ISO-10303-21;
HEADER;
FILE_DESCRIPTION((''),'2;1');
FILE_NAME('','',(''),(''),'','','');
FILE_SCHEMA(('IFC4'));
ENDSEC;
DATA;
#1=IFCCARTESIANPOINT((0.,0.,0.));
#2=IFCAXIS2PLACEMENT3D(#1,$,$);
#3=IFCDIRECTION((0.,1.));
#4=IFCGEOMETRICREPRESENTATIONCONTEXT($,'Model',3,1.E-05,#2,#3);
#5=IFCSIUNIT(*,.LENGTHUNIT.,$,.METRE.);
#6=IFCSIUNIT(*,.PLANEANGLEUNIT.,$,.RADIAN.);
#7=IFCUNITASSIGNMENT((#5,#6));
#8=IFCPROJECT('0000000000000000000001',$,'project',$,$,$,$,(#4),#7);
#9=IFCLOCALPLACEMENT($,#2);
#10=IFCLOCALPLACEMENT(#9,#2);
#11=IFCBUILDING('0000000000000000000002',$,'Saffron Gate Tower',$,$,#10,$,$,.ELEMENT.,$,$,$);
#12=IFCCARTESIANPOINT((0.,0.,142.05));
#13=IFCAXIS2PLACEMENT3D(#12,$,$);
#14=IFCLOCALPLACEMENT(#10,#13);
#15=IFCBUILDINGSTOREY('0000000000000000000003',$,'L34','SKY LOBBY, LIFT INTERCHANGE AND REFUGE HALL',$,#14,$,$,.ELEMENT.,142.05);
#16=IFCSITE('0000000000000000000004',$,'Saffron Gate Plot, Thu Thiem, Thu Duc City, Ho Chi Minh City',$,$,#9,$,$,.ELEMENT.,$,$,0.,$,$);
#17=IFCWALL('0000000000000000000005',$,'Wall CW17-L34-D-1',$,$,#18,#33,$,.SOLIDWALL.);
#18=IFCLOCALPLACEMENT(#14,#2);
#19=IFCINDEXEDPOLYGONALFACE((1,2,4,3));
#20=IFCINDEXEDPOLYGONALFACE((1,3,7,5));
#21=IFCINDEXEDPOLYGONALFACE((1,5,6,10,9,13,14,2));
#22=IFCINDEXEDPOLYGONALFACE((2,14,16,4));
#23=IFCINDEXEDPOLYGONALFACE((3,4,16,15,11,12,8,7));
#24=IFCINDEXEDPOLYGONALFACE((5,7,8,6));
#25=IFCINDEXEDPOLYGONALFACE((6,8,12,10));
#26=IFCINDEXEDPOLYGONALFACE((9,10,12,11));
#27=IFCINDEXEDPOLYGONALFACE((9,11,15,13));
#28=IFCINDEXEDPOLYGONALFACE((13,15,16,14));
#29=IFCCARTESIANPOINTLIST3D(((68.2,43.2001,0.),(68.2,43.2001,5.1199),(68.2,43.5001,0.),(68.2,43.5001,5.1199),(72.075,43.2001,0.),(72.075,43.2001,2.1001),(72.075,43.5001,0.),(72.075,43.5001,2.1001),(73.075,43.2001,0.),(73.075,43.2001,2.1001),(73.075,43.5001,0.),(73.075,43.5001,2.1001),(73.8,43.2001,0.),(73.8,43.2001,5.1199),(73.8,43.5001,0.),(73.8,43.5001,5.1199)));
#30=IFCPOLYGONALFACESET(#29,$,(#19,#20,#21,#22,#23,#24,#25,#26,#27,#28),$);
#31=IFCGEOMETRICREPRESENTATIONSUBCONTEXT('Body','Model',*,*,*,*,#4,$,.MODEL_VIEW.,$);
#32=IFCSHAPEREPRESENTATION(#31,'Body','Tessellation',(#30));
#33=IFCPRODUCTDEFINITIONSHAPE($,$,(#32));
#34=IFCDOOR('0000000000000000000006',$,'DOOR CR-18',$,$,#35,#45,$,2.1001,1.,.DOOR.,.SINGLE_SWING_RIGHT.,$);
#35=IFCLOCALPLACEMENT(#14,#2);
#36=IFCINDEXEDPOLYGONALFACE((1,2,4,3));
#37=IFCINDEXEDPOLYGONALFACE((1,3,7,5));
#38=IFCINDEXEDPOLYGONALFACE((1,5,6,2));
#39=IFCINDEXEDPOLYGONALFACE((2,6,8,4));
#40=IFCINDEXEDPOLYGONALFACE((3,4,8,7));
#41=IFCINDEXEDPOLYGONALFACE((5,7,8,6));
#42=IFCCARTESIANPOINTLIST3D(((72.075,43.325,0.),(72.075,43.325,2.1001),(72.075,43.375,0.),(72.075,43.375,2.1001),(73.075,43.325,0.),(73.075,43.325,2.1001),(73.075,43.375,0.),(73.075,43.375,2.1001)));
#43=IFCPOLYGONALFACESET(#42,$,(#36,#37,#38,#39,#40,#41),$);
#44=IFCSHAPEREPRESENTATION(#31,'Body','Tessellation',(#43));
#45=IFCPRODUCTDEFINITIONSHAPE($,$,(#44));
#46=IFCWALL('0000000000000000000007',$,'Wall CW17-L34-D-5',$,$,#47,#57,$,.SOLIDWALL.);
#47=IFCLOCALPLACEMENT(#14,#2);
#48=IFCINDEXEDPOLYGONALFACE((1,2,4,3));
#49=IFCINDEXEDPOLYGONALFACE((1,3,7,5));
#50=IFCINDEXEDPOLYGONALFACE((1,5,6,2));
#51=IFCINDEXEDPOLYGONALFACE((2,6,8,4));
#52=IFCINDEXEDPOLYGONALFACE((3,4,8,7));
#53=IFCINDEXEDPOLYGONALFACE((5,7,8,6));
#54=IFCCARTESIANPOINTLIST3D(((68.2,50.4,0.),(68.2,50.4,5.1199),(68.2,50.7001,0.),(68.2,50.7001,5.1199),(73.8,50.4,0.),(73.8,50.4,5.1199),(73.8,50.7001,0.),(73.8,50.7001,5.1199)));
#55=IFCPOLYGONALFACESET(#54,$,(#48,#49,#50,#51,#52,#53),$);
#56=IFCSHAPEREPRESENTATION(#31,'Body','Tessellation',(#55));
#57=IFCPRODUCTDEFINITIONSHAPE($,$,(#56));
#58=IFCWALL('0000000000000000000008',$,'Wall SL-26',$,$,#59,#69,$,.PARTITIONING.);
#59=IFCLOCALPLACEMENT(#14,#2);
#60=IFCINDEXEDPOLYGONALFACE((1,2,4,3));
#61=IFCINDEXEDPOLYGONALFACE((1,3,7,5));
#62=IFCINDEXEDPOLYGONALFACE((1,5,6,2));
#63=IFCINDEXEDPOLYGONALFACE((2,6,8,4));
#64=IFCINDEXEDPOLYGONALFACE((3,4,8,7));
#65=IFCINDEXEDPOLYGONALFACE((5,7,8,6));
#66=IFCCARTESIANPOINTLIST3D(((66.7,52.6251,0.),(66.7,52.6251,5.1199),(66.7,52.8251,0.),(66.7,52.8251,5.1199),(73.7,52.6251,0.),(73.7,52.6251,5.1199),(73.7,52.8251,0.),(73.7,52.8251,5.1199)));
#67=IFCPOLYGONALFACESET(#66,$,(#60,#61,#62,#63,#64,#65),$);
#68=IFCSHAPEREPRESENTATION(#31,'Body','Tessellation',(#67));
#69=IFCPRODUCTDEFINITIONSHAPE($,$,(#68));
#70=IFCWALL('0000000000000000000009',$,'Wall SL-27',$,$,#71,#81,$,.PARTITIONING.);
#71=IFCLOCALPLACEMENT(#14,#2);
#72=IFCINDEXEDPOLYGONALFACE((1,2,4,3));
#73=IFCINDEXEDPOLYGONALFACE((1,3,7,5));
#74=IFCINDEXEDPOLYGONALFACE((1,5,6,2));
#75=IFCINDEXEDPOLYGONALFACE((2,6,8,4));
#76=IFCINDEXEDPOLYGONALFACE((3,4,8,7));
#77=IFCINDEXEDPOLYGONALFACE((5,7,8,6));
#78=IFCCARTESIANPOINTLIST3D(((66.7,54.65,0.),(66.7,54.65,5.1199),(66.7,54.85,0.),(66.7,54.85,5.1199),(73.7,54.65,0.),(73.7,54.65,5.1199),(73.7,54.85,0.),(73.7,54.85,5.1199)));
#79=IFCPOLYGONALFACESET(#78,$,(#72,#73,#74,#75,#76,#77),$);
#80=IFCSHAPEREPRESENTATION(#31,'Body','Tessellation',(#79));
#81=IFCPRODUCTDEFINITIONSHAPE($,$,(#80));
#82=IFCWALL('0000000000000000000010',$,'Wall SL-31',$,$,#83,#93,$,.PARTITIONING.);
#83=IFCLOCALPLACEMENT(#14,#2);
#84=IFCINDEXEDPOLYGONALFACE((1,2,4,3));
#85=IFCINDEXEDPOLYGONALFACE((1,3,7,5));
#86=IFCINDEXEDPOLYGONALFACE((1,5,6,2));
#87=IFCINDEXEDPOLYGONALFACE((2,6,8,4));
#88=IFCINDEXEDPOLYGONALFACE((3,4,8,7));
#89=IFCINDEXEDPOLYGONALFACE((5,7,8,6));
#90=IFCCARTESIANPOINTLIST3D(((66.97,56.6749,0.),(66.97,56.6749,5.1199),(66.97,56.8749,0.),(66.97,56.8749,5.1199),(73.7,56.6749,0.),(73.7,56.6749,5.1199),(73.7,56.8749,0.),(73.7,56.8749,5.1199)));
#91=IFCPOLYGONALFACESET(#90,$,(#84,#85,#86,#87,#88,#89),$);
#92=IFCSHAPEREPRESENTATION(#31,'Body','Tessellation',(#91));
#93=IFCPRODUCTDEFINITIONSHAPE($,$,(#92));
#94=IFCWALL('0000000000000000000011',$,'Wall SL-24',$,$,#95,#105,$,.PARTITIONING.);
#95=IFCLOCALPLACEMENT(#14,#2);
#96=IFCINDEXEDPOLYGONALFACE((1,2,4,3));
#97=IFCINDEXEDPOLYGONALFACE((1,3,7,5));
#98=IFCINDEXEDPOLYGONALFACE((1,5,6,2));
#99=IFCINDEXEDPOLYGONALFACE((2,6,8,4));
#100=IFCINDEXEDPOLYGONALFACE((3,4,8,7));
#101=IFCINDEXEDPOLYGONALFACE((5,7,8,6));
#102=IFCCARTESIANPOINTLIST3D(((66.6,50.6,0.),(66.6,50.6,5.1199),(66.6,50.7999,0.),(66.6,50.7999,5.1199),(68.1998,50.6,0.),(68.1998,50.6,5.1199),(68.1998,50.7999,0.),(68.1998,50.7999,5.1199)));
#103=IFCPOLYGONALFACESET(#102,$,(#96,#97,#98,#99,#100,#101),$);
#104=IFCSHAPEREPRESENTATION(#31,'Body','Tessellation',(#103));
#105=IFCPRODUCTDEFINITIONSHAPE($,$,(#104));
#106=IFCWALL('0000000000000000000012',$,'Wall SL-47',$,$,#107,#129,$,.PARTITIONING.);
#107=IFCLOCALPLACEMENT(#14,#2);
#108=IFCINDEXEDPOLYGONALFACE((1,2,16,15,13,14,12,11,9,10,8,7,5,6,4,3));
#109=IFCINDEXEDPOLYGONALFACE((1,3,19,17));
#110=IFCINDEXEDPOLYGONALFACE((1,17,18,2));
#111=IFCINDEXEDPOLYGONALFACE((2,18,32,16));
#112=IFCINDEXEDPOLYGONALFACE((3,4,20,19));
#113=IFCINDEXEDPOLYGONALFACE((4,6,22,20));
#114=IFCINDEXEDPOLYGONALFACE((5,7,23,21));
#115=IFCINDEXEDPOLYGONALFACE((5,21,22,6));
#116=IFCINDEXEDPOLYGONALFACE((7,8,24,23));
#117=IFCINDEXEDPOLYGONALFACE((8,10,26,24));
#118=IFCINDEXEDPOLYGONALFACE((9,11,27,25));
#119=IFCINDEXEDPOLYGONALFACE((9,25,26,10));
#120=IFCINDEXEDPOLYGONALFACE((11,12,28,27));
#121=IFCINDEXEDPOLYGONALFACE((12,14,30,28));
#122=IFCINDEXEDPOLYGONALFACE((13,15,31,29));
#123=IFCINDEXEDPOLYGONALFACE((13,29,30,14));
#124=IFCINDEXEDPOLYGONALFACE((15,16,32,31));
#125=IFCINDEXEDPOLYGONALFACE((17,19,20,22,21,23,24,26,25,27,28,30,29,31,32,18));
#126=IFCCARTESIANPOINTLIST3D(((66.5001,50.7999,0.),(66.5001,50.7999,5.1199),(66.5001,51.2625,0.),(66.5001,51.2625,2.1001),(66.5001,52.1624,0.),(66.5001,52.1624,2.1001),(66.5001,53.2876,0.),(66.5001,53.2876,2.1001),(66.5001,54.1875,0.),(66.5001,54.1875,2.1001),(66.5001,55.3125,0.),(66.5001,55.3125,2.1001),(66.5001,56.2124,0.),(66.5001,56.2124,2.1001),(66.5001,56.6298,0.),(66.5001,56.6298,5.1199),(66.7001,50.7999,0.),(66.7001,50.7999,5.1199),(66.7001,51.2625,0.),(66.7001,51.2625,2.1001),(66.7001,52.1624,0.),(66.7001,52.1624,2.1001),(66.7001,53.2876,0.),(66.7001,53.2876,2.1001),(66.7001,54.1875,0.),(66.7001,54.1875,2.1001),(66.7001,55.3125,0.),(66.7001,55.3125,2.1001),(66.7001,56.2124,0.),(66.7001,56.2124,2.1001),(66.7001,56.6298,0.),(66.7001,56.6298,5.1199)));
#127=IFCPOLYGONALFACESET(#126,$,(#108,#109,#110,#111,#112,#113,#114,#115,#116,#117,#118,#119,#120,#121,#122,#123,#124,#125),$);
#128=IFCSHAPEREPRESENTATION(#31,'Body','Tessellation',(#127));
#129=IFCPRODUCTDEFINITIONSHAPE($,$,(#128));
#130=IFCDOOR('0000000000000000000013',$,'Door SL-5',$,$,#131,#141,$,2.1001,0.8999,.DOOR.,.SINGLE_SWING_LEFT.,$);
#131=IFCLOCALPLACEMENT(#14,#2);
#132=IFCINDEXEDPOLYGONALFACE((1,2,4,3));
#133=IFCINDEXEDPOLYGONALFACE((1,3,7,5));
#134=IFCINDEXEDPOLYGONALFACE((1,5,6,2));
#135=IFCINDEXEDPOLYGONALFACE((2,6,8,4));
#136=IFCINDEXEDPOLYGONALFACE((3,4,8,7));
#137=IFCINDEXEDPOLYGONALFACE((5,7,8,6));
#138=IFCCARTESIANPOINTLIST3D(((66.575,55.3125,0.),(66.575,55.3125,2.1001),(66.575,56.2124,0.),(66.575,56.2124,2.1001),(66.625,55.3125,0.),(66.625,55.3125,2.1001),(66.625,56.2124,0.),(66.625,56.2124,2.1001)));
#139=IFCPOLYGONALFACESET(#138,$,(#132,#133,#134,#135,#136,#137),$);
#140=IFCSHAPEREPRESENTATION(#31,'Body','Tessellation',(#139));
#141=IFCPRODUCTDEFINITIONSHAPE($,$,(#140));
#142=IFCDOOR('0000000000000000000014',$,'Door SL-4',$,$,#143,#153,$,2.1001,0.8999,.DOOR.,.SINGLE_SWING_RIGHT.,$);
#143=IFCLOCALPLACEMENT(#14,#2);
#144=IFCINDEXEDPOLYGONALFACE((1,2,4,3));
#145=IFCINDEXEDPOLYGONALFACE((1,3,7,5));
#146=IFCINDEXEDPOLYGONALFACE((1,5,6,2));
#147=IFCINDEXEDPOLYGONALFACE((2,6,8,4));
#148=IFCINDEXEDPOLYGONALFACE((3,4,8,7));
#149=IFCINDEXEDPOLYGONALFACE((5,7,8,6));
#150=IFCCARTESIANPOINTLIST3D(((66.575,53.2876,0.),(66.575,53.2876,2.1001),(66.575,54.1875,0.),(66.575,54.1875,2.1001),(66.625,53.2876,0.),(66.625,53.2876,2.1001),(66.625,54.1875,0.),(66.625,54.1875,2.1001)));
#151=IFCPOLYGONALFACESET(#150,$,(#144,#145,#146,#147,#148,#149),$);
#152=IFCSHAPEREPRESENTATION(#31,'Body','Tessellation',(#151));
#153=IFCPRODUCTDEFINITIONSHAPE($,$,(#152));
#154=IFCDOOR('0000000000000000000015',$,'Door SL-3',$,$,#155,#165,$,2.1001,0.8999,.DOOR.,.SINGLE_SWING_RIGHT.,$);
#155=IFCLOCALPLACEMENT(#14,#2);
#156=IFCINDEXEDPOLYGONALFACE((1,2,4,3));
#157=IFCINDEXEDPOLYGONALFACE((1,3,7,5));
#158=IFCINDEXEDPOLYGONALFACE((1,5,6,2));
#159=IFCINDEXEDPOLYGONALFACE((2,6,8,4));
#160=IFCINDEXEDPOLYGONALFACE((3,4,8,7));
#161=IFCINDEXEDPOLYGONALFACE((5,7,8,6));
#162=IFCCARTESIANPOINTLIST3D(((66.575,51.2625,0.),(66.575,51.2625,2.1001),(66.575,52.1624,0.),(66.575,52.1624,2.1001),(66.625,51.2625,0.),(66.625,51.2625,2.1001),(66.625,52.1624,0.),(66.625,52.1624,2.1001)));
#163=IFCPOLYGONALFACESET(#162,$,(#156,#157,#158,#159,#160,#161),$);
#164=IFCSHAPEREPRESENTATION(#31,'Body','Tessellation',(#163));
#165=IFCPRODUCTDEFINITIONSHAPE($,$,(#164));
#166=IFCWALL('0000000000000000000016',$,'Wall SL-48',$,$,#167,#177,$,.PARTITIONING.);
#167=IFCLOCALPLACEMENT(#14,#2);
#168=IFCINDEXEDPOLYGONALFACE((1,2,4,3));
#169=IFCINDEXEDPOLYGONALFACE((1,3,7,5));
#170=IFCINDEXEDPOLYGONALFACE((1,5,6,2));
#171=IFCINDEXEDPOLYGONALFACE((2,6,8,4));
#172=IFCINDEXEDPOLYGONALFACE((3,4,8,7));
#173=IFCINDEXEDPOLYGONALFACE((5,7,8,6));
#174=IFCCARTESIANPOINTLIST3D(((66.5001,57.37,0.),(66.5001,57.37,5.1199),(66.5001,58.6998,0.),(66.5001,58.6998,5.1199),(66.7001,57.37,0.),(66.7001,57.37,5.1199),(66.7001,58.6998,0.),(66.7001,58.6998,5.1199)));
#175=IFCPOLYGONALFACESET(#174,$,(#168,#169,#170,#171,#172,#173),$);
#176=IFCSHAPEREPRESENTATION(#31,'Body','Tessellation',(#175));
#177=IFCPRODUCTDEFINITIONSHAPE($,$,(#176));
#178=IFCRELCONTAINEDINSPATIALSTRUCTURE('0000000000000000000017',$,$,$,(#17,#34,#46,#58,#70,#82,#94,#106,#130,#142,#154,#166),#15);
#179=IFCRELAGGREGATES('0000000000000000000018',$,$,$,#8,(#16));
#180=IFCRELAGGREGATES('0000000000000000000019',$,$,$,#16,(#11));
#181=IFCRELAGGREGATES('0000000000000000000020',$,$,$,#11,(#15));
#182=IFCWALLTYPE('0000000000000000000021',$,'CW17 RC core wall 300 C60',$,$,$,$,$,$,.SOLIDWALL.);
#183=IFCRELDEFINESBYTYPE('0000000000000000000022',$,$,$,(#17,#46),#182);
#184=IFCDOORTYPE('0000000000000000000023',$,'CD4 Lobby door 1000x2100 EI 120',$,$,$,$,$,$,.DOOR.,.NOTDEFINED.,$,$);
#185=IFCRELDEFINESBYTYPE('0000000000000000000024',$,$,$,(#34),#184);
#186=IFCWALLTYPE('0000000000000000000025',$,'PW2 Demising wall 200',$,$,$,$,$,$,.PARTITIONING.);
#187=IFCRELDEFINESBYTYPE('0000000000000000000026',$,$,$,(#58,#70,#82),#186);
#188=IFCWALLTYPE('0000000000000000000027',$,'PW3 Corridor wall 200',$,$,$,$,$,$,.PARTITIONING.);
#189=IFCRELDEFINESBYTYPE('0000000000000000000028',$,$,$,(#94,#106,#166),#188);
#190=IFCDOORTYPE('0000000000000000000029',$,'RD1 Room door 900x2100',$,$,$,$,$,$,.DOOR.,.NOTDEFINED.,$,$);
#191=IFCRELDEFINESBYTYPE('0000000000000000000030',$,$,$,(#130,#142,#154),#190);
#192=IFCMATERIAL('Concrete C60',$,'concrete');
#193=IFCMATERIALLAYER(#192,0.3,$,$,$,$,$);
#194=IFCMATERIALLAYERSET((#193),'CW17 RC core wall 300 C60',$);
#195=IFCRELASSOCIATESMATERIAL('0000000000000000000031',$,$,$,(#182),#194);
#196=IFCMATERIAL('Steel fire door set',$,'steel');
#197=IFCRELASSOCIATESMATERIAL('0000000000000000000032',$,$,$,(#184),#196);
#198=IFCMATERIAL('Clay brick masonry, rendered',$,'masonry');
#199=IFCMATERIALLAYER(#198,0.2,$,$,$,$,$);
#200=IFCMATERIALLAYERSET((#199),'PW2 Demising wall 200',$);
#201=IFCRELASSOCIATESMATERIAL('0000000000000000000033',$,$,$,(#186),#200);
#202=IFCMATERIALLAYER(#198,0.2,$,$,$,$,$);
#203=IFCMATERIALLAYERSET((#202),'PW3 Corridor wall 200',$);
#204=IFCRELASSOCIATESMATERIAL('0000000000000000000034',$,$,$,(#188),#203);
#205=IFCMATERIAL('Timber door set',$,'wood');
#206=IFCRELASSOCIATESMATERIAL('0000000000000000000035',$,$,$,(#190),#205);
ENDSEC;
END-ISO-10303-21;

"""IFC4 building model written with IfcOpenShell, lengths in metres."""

from ifc_helpers import new_model, si_unit, direction, frame, frame_2d, origin, place, context, subcontext, project, spatial, rectangle, extrude, material, layer, layer_set, type_object, element, fill, save


model = new_model("IFC4")

# Units and contexts
model_context = context("Model", 3, precision=1e-05, world=origin(), true_north=direction((0.0, 1.0)))
body_context = subcontext(model_context, "Body", "Model", "MODEL_VIEW")
ifc_project = project(units=[si_unit("LENGTHUNIT", "METRE"), si_unit("PLANEANGLEUNIT", "RADIAN")], contexts=[model_context])

# Site, building, storey
site_placement = place(None, origin())
site = spatial("IfcSite", under=ifc_project, at=site_placement, Name="Saffron Gate Plot, Thu Thiem, Thu Duc City, Ho Chi Minh City", CompositionType="ELEMENT", RefElevation=0.0)
building_placement = place(site_placement, origin())
building = spatial("IfcBuilding", under=site, at=building_placement, Name="Saffron Gate Tower", CompositionType="ELEMENT")
storey_placement = place(building_placement, frame((0.0, 0.0, 142.05)))
storey = spatial("IfcBuildingStorey", under=building, at=storey_placement, Name="L34", Description="SKY LOBBY, LIFT INTERCHANGE AND REFUGE HALL", CompositionType="ELEMENT", Elevation=142.05)

# Shared definitions
ifc_material_1 = material(Name="Concrete C60", Category="concrete")
ifc_material_2 = material(Name="Steel fire door set", Category="steel")

# Wall, opening, door
ifc_layer_1 = layer(ifc_material_1, 0.3)
ifc_layer_set_1 = layer_set([ifc_layer_1], Name="CW17 RC core wall 300 C60")
wall_type_1 = type_object("IfcWallType", Name="CW17 RC core wall 300 C60", PredefinedType="SOLIDWALL", material=ifc_layer_set_1)
wall_1_placement = place(storey_placement, frame((68.2, 43.3501, 0.0), z_axis=(0.0, 0.0, 1.0), x_axis=(1.0, 0.0, 0.0)))
wall_1 = element("IfcWall", 1, at=wall_1_placement, inside=storey, type_object=wall_type_1, Name="Wall CW17-L34-D-1", PredefinedType="SOLIDWALL", context=body_context, shape_type="SweptSolid", body=[
    extrude(rectangle(XDim=5.6001, YDim=0.3, at=frame_2d((2.8, 0.0))), origin(), (0.0, 0.0, 1.0), 5.1199),
])
opening_1_placement = place(wall_1_placement, frame((3.875, 0.0, 0.0)))
opening_1 = element("IfcOpeningElement", 2, at=opening_1_placement, cuts=wall_1, PredefinedType="OPENING", context=body_context, shape_type="SweptSolid", body=[
    extrude(rectangle(XDim=1.0, YDim=2.1001, at=frame_2d((0.5, 1.05))), frame((0.0, 0.1602, 0.0), z_axis=(0.0, -1.0, 0.0), x_axis=(1.0, 0.0, 0.0)), (0.0, 0.0, 1.0), 0.3201),
])
door_type_1 = type_object("IfcDoorType", Name="CD4 Lobby door 1000x2100 EI 120", OperationType="NOTDEFINED", PredefinedType="DOOR", material=ifc_material_2)
door_1_placement = place(opening_1_placement, origin())
door_1 = element("IfcDoor", 3, at=door_1_placement, inside=storey, type_object=door_type_1, Name="DOOR CR-18", OperationType="SINGLE_SWING_RIGHT", OverallHeight=2.1001, OverallWidth=1.0, PredefinedType="DOOR", context=body_context, shape_type="SweptSolid", body=[
    extrude(rectangle(XDim=1.0, YDim=2.1001, at=frame_2d((0.5, 1.05))), frame((0.0, 0.0249, 0.0), z_axis=(0.0, -1.0, 0.0), x_axis=(1.0, 0.0, 0.0)), (0.0, 0.0, 1.0), 0.05),
])
fill(opening_1, door_1)

# Walls
wall_2_placement = place(storey_placement, frame((68.2, 50.55, 0.0), z_axis=(0.0, 0.0, 1.0), x_axis=(1.0, 0.0, 0.0)))
element("IfcWall", 4, at=wall_2_placement, inside=storey, type_object=wall_type_1, Name="Wall CW17-L34-D-5", PredefinedType="SOLIDWALL", context=body_context, shape_type="SweptSolid", body=[
    extrude(rectangle(XDim=5.6001, YDim=0.3, at=frame_2d((2.8, 0.0))), origin(), (0.0, 0.0, 1.0), 5.1199),
])
ifc_material_3 = material(Name="Clay brick masonry, rendered", Category="masonry")
ifc_layer_2 = layer(ifc_material_3, 0.2)
ifc_layer_set_2 = layer_set([ifc_layer_2], Name="PW2 Demising wall 200")
wall_type_2 = type_object("IfcWallType", Name="PW2 Demising wall 200", PredefinedType="PARTITIONING", material=ifc_layer_set_2)
for number, where, z_axis, x_axis, name in (
    (5, (66.7, 52.7251, 0.0), (0.0, 0.0, 1.0), (1.0, 0.0, 0.0), "Wall SL-26"),
    (6, (66.7, 54.75, 0.0), (0.0, 0.0, 1.0), (1.0, 0.0, 0.0), "Wall SL-27"),
):
    element("IfcWall", number, at=place(storey_placement, frame(where, z_axis=z_axis, x_axis=x_axis)), inside=storey, type_object=wall_type_2, Name=name, PredefinedType="PARTITIONING", context=body_context, shape_type="SweptSolid", body=[
        extrude(rectangle(XDim=7.0, YDim=0.2, at=frame_2d((3.5, 0.0))), origin(), (0.0, 0.0, 1.0), 5.1199),
    ])
wall_3_placement = place(storey_placement, frame((66.97, 56.7749, 0.0), z_axis=(0.0, 0.0, 1.0), x_axis=(1.0, 0.0, 0.0)))
element("IfcWall", 7, at=wall_3_placement, inside=storey, type_object=wall_type_2, Name="Wall SL-31", PredefinedType="PARTITIONING", context=body_context, shape_type="SweptSolid", body=[
    extrude(rectangle(XDim=6.73, YDim=0.2, at=frame_2d((3.365, 0.0))), origin(), (0.0, 0.0, 1.0), 5.1199),
])
ifc_layer_3 = layer(ifc_material_3, 0.2)
ifc_layer_set_3 = layer_set([ifc_layer_3], Name="PW3 Corridor wall 200")
wall_type_3 = type_object("IfcWallType", Name="PW3 Corridor wall 200", PredefinedType="PARTITIONING", material=ifc_layer_set_3)
wall_4_placement = place(storey_placement, frame((66.6001, 50.7, 0.0), z_axis=(0.0, 0.0, 1.0), x_axis=(1.0, 0.0, 0.0)))
element("IfcWall", 8, at=wall_4_placement, inside=storey, type_object=wall_type_3, Name="Wall SL-24", PredefinedType="PARTITIONING", context=body_context, shape_type="SweptSolid", body=[
    extrude(rectangle(XDim=1.5999, YDim=0.2, at=frame_2d((0.7998, 0.0))), origin(), (0.0, 0.0, 1.0), 5.1199),
])

# Wall, openings, doors
wall_5_placement = place(storey_placement, frame((66.6001, 56.6299, 0.0), z_axis=(0.0, 0.0, 1.0), x_axis=(0.0, -1.0, 0.0)))
wall_5 = element("IfcWall", 9, at=wall_5_placement, inside=storey, type_object=wall_type_3, Name="Wall SL-47", PredefinedType="PARTITIONING", context=body_context, shape_type="SweptSolid", body=[
    extrude(rectangle(XDim=5.8298, YDim=0.2, at=frame_2d((2.915, 0.0))), origin(), (0.0, 0.0, 1.0), 5.1199),
])
opening_2_placement = place(wall_5_placement, frame((0.4175, 0.0, 0.0)))
opening_2 = element("IfcOpeningElement", 10, at=opening_2_placement, cuts=wall_5, PredefinedType="OPENING", context=body_context, shape_type="SweptSolid", body=[
    extrude(rectangle(XDim=0.8999, YDim=2.1001, at=frame_2d((0.45, 1.05))), frame((0.0, 0.1099, 0.0), z_axis=(0.0, -1.0, 0.0), x_axis=(1.0, 0.0, 0.0)), (0.0, 0.0, 1.0), 0.22),
])
opening_3_placement = place(wall_5_placement, frame((2.4424, 0.0, 0.0)))
opening_3 = element("IfcOpeningElement", 11, at=opening_3_placement, cuts=wall_5, PredefinedType="OPENING", context=body_context, shape_type="SweptSolid", body=[
    extrude(rectangle(XDim=0.8999, YDim=2.1001, at=frame_2d((0.45, 1.05))), frame((0.0, 0.1099, 0.0), z_axis=(0.0, -1.0, 0.0), x_axis=(1.0, 0.0, 0.0)), (0.0, 0.0, 1.0), 0.22),
])
opening_4_placement = place(wall_5_placement, frame((4.4675, 0.0, 0.0)))
opening_4 = element("IfcOpeningElement", 12, at=opening_4_placement, cuts=wall_5, PredefinedType="OPENING", context=body_context, shape_type="SweptSolid", body=[
    extrude(rectangle(XDim=0.8999, YDim=2.1001, at=frame_2d((0.45, 1.05))), frame((0.0, 0.1099, 0.0), z_axis=(0.0, -1.0, 0.0), x_axis=(1.0, 0.0, 0.0)), (0.0, 0.0, 1.0), 0.22),
])
ifc_material_4 = material(Name="Timber door set", Category="wood")
door_type_2 = type_object("IfcDoorType", Name="RD1 Room door 900x2100", OperationType="NOTDEFINED", PredefinedType="DOOR", material=ifc_material_4)
door_2_placement = place(opening_2_placement, origin())
door_2 = element("IfcDoor", 13, at=door_2_placement, inside=storey, type_object=door_type_2, Name="Door SL-5", OperationType="SINGLE_SWING_LEFT", OverallHeight=2.1001, OverallWidth=0.8999, PredefinedType="DOOR", context=body_context, shape_type="SweptSolid", body=[
    extrude(rectangle(XDim=0.8999, YDim=2.1001, at=frame_2d((0.45, 1.05))), frame((0.0, 0.0249, 0.0), z_axis=(0.0, -1.0, 0.0), x_axis=(1.0, 0.0, 0.0)), (0.0, 0.0, 1.0), 0.05),
])
fill(opening_2, door_2)
door_3_placement = place(opening_3_placement, origin())
door_3 = element("IfcDoor", 14, at=door_3_placement, inside=storey, type_object=door_type_2, Name="Door SL-4", OperationType="SINGLE_SWING_RIGHT", OverallHeight=2.1001, OverallWidth=0.8999, PredefinedType="DOOR", context=body_context, shape_type="SweptSolid", body=[
    extrude(rectangle(XDim=0.8999, YDim=2.1001, at=frame_2d((0.45, 1.05))), frame((0.0, 0.0249, 0.0), z_axis=(0.0, -1.0, 0.0), x_axis=(1.0, 0.0, 0.0)), (0.0, 0.0, 1.0), 0.05),
])
fill(opening_3, door_3)
door_4_placement = place(opening_4_placement, origin())
door_4 = element("IfcDoor", 15, at=door_4_placement, inside=storey, type_object=door_type_2, Name="Door SL-3", OperationType="SINGLE_SWING_RIGHT", OverallHeight=2.1001, OverallWidth=0.8999, PredefinedType="DOOR", context=body_context, shape_type="SweptSolid", body=[
    extrude(rectangle(XDim=0.8999, YDim=2.1001, at=frame_2d((0.45, 1.05))), frame((0.0, 0.0249, 0.0), z_axis=(0.0, -1.0, 0.0), x_axis=(1.0, 0.0, 0.0)), (0.0, 0.0, 1.0), 0.05),
])
fill(opening_4, door_4)

# Wall
wall_6_placement = place(storey_placement, frame((66.6001, 58.7, 0.0), z_axis=(0.0, 0.0, 1.0), x_axis=(0.0, -1.0, 0.0)))
element("IfcWall", 16, at=wall_6_placement, inside=storey, type_object=wall_type_3, Name="Wall SL-48", PredefinedType="PARTITIONING", context=body_context, shape_type="SweptSolid", body=[
    extrude(rectangle(XDim=1.3298, YDim=0.2, at=frame_2d((0.665, 0.0))), origin(), (0.0, 0.0, 1.0), 5.1199),
])

save(model, "model.ifc")
